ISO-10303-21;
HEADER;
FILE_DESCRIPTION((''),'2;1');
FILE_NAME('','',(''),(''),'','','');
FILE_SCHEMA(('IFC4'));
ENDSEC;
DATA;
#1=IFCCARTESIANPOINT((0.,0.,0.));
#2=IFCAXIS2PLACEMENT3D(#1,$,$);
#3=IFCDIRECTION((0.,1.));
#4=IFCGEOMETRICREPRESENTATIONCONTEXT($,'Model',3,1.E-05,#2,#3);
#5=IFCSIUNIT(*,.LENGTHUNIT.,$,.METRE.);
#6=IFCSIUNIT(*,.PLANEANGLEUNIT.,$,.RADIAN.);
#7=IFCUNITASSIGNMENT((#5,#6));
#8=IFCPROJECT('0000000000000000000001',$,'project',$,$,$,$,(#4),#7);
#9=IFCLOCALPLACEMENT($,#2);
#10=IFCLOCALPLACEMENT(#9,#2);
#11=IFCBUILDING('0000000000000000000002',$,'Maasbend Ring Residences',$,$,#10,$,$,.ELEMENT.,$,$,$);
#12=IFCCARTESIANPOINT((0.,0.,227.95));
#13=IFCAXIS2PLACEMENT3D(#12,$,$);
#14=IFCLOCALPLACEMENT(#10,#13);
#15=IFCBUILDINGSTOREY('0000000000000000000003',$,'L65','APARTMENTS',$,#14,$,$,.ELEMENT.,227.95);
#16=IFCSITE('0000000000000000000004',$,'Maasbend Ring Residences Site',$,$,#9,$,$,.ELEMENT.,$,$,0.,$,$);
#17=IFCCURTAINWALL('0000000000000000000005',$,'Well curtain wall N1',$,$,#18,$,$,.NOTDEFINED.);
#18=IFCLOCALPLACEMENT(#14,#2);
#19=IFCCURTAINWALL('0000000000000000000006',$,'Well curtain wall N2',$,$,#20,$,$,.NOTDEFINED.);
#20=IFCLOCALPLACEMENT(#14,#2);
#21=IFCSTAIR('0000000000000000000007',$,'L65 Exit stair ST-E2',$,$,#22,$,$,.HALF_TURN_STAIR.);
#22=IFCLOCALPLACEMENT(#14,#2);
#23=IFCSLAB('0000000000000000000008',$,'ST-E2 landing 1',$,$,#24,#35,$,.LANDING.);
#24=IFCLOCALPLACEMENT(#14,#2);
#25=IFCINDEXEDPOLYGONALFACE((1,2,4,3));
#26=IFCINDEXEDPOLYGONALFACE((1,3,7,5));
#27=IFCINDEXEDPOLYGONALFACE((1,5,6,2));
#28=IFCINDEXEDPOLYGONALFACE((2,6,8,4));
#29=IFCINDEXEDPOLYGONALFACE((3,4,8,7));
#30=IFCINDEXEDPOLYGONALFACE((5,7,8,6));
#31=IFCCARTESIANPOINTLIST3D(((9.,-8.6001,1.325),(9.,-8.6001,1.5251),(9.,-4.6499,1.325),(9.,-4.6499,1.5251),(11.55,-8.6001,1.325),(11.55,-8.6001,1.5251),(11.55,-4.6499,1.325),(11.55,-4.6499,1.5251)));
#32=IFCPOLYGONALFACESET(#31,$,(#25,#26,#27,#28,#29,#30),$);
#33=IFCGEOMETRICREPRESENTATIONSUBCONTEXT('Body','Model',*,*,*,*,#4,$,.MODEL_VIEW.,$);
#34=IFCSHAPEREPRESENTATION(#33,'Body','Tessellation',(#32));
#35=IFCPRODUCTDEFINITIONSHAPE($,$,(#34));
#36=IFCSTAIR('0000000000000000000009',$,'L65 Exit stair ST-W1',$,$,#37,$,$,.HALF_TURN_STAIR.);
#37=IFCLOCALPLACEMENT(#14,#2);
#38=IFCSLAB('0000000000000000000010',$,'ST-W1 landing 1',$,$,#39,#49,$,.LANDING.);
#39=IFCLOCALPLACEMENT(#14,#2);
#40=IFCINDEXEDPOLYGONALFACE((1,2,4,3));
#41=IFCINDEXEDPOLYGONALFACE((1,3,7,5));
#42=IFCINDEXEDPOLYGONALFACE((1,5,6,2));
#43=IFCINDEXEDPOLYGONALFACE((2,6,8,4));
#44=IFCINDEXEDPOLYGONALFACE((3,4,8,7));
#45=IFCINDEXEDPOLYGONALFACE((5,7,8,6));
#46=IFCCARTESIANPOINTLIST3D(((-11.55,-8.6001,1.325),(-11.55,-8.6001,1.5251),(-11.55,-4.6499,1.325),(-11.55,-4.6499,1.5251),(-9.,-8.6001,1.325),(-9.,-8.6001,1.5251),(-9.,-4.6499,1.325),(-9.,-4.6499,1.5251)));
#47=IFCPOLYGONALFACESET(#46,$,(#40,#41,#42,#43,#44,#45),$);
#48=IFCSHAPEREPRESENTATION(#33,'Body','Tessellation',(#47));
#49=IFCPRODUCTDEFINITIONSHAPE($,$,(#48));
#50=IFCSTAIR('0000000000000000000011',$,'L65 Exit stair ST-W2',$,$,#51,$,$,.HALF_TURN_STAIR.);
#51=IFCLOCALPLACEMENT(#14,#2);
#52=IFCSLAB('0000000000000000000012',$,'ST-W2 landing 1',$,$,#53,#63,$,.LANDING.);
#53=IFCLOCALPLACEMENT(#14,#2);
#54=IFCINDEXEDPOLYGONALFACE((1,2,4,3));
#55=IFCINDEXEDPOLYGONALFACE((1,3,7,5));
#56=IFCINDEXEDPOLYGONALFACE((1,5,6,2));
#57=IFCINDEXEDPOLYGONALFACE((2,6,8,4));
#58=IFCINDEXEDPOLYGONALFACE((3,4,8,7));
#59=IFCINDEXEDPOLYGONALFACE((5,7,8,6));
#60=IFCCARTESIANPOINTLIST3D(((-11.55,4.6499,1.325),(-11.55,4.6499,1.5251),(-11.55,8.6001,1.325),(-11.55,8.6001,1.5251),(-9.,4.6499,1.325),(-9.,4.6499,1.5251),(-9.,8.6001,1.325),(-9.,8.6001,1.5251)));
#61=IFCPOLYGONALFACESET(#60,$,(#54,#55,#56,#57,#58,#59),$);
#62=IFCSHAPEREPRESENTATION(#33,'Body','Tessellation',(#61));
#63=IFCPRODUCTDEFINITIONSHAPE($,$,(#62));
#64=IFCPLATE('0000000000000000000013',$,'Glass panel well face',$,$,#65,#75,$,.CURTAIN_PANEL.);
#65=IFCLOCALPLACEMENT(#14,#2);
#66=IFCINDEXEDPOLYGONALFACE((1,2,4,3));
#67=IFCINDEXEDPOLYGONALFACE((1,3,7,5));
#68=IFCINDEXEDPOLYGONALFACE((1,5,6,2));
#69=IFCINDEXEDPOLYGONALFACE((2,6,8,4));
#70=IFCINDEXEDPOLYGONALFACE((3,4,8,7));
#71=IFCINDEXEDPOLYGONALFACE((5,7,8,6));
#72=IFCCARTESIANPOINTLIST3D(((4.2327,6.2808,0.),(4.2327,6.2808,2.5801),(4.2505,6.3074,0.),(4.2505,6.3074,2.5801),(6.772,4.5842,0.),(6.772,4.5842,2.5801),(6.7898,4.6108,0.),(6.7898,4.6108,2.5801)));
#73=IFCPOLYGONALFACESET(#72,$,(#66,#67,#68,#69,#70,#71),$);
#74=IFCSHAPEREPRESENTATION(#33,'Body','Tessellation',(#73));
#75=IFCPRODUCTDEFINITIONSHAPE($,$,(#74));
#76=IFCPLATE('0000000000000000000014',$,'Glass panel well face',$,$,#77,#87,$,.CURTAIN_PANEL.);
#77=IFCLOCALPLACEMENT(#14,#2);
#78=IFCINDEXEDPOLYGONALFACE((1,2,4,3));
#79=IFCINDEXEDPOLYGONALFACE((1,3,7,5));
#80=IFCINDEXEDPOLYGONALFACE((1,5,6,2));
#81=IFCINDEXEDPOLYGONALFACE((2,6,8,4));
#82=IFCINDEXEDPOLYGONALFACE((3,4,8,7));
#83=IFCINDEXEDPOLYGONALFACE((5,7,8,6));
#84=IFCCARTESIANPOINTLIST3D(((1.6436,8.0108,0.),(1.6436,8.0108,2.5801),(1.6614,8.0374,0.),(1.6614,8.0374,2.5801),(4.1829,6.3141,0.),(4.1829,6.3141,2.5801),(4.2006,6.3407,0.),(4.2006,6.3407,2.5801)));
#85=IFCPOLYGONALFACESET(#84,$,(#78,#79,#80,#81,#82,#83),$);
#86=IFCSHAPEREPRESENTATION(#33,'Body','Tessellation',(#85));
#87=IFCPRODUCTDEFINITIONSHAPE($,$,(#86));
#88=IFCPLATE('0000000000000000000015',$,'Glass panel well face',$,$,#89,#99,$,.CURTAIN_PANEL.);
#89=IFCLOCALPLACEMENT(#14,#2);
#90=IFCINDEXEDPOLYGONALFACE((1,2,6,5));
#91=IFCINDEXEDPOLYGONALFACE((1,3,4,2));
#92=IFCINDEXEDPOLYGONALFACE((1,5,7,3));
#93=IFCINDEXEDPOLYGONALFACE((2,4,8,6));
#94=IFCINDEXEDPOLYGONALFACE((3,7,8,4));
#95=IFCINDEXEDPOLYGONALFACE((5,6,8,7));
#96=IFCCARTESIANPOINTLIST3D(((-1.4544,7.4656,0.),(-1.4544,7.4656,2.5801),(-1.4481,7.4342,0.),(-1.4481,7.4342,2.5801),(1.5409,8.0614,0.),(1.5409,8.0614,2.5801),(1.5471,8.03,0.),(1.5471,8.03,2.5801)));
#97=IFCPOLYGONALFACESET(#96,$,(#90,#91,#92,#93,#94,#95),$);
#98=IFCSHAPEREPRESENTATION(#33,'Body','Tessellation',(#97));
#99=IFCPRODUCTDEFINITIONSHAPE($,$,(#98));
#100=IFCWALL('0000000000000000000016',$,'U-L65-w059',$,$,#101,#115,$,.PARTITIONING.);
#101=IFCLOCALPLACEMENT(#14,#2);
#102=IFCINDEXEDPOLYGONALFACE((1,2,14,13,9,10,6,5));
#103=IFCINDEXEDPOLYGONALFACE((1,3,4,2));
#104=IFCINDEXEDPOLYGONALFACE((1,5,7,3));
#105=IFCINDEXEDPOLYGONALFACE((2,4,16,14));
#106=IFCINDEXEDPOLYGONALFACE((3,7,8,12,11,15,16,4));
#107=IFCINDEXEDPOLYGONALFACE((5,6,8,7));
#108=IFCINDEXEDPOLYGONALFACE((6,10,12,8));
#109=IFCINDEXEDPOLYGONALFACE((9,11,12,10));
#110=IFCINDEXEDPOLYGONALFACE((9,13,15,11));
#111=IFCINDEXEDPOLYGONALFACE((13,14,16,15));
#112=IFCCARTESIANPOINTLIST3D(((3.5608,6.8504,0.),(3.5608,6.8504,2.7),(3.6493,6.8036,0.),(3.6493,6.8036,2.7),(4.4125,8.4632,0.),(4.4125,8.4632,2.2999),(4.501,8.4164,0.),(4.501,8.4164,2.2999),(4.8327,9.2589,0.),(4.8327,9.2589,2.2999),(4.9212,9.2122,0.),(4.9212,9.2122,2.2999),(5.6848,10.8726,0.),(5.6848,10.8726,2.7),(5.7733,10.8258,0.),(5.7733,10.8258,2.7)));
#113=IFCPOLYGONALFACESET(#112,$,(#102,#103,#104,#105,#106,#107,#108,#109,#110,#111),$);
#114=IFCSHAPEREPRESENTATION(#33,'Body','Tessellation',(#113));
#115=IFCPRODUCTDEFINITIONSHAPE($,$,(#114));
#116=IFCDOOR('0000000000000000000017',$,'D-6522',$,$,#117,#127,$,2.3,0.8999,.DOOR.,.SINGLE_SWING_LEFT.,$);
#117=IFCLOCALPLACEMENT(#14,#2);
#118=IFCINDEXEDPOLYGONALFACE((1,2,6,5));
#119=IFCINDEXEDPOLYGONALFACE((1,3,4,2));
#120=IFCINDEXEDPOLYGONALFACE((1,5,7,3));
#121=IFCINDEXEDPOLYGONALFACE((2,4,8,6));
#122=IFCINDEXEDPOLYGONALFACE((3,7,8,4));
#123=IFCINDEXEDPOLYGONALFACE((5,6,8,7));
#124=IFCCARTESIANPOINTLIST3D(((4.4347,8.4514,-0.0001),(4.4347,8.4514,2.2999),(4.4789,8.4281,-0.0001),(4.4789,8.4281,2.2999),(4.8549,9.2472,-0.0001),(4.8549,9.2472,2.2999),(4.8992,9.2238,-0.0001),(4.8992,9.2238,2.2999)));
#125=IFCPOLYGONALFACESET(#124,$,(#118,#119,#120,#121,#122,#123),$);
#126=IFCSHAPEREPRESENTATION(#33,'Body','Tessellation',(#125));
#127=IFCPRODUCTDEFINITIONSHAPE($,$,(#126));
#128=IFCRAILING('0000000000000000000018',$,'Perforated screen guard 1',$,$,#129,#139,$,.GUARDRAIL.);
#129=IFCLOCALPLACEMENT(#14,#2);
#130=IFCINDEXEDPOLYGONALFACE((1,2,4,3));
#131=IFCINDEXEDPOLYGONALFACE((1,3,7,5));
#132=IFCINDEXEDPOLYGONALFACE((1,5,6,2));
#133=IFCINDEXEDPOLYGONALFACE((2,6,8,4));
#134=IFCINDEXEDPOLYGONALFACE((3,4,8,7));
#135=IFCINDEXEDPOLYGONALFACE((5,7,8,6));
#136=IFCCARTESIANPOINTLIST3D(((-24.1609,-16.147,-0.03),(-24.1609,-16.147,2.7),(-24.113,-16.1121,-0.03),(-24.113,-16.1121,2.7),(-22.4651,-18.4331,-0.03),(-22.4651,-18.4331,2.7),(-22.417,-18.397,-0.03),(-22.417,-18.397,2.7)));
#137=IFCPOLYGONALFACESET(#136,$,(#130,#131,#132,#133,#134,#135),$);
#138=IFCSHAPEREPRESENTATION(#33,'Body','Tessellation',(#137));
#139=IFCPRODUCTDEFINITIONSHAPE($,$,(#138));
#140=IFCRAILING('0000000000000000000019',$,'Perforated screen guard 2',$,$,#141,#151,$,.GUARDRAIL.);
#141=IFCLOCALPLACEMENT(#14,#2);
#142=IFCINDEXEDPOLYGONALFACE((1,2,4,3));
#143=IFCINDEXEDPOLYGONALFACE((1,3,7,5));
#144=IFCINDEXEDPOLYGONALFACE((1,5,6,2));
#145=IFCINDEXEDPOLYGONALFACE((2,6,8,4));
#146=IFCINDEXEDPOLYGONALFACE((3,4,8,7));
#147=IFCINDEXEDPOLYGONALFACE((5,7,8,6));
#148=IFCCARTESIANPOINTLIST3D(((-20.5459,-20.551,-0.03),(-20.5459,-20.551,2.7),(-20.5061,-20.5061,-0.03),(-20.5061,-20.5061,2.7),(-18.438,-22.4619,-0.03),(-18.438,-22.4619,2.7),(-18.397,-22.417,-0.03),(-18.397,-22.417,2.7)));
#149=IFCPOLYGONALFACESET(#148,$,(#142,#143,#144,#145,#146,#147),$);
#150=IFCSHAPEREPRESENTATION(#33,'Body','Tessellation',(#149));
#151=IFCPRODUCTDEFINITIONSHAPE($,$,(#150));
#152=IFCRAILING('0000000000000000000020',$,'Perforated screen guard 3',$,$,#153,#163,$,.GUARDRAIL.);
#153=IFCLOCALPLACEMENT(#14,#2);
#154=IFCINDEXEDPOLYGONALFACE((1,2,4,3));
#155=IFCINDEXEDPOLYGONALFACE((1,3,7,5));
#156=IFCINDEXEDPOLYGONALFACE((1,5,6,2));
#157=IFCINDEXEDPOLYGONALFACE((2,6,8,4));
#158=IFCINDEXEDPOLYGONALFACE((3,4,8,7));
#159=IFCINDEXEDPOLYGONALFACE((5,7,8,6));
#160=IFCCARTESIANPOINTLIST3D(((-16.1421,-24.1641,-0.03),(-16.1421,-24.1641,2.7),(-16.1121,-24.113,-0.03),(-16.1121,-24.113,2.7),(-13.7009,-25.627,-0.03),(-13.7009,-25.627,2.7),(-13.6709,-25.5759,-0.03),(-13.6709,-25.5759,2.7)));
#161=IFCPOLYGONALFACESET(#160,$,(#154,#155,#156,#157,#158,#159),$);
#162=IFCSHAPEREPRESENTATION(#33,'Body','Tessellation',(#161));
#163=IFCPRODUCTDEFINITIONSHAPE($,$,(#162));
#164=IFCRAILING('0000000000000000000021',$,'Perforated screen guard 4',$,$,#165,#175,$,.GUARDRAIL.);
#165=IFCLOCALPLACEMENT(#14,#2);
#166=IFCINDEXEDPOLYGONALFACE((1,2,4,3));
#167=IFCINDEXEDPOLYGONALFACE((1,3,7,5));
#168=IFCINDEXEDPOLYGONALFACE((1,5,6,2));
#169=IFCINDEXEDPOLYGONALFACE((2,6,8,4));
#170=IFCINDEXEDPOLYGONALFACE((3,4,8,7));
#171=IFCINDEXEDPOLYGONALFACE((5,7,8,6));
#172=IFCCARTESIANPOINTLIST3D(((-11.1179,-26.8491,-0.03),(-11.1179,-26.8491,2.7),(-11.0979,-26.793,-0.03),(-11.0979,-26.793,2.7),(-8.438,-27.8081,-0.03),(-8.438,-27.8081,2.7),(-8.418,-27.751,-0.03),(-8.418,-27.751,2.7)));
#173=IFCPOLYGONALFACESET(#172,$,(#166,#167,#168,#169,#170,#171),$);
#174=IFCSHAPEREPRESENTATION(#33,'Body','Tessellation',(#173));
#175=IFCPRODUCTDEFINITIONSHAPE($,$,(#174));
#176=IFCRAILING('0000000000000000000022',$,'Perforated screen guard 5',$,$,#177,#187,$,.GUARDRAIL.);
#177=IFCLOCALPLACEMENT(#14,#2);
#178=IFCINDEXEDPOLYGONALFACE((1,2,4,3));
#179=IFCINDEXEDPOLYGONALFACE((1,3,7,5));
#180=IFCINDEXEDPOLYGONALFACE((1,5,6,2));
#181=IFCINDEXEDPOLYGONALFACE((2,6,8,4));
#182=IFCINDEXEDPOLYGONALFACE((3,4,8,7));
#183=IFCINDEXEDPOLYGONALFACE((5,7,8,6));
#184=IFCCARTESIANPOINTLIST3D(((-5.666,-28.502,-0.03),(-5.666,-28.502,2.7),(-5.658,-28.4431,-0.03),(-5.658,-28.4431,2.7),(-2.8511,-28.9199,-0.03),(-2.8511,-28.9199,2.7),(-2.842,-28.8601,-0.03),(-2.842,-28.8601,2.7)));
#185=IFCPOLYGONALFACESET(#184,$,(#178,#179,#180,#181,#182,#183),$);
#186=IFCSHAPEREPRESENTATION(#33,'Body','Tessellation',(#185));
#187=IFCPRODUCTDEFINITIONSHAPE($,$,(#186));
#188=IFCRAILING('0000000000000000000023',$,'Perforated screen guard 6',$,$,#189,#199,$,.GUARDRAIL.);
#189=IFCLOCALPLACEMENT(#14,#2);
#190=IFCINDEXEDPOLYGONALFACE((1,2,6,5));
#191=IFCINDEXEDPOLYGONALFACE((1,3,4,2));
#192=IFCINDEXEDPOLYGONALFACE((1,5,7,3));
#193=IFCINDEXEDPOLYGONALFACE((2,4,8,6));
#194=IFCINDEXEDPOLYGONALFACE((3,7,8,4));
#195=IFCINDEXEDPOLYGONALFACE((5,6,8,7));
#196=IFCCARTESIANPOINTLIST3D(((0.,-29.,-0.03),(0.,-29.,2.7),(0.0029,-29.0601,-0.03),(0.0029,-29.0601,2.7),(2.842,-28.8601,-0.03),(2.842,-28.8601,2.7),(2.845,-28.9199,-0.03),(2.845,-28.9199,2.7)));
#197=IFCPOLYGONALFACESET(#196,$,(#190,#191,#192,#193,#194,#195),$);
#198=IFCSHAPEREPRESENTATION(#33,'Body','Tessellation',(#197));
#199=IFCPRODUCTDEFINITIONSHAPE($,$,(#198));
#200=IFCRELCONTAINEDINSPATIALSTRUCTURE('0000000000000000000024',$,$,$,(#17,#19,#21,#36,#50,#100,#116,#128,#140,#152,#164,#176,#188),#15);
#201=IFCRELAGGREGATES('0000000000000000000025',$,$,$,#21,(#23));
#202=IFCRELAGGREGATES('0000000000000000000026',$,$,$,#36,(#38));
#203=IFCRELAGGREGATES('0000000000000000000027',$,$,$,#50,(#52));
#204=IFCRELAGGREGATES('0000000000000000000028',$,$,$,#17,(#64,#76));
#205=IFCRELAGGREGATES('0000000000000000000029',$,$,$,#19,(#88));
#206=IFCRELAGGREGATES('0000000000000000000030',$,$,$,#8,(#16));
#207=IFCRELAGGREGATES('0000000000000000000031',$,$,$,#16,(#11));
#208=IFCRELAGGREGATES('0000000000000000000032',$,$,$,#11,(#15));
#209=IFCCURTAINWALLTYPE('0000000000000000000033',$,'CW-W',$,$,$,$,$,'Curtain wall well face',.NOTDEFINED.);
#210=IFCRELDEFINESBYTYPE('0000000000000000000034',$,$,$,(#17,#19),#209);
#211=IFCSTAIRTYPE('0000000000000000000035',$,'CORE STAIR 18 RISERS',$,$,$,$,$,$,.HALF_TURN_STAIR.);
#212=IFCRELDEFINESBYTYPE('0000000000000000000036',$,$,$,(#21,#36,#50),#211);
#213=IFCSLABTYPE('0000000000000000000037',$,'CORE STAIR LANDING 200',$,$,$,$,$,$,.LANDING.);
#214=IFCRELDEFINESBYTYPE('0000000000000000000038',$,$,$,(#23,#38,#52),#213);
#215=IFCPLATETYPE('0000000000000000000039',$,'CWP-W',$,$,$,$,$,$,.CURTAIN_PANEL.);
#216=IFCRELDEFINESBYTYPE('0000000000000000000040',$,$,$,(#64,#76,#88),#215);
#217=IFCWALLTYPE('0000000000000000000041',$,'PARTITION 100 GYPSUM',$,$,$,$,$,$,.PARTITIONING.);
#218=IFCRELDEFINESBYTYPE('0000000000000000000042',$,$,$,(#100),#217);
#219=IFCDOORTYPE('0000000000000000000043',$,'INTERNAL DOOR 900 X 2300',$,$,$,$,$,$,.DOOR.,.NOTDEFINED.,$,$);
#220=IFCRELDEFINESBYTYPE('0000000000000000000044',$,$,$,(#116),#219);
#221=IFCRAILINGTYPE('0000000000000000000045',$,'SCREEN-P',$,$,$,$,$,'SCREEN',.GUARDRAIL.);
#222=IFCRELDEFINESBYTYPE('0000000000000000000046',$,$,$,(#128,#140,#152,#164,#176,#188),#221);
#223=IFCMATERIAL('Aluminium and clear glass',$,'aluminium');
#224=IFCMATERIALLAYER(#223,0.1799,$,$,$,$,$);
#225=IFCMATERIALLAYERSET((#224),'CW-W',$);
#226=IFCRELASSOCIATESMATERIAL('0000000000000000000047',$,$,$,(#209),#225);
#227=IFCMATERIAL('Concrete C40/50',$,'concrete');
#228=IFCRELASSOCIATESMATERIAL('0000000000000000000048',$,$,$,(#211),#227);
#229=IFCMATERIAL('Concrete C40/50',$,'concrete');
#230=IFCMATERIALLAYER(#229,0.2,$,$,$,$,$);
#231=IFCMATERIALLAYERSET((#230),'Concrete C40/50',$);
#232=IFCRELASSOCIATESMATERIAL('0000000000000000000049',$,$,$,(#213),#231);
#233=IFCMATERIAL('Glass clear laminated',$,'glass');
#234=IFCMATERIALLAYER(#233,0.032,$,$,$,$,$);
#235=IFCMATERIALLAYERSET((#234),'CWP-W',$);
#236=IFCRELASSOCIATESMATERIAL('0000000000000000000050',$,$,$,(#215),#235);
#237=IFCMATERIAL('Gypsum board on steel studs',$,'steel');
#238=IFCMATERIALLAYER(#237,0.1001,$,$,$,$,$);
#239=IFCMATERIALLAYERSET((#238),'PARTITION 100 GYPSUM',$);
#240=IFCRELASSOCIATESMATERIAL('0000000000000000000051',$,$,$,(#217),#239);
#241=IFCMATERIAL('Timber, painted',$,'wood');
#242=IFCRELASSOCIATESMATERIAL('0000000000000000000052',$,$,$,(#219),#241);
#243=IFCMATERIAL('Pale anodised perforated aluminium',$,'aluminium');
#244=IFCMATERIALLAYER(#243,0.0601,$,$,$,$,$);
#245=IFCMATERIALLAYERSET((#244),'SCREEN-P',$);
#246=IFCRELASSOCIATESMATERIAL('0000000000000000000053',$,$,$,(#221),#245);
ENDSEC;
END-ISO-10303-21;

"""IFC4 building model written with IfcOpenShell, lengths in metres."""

from ifc_helpers import new_model, si_unit, direction, frame, frame_2d, origin, origin_2d, place, context, subcontext, project, spatial, polyline, rectangle, outline, extrude, material, layer, layer_set, type_object, element, fill, aggregate, save


model = new_model("IFC4")

# Units and contexts
model_context = context("Model", 3, precision=1e-05, world=origin(), true_north=direction((0.0, 1.0)))
body_context = subcontext(model_context, "Body", "Model", "MODEL_VIEW")
ifc_project = project(units=[si_unit("LENGTHUNIT", "METRE"), si_unit("PLANEANGLEUNIT", "RADIAN")], contexts=[model_context])

# Site, building, storey
site_placement = place(None, origin())
site = spatial("IfcSite", under=ifc_project, at=site_placement, Name="Maasbend Ring Residences Site", CompositionType="ELEMENT", RefElevation=0.0)
building_placement = place(site_placement, origin())
building = spatial("IfcBuilding", under=site, at=building_placement, Name="Maasbend Ring Residences", CompositionType="ELEMENT")
storey_placement = place(building_placement, frame((0.0, 0.0, 227.95)))
storey = spatial("IfcBuildingStorey", under=building, at=storey_placement, Name="L65", Description="APARTMENTS", CompositionType="ELEMENT", Elevation=227.95)

# Curtain wall
ifc_material_1 = material(Name="Aluminium and clear glass", Category="aluminium")
ifc_layer_1 = layer(ifc_material_1, 0.1799)
ifc_layer_set_1 = layer_set([ifc_layer_1], Name="CW-W")
curtain_wall_type = type_object("IfcCurtainWallType", Name="CW-W", ElementType="Curtain wall well face", PredefinedType="NOTDEFINED", material=ifc_layer_set_1)
curtain_wall_1_placement = place(storey_placement, origin())
curtain_wall_1 = element("IfcCurtainWall", 1, at=curtain_wall_1_placement, inside=storey, type_object=curtain_wall_type, Name="Well curtain wall N1", PredefinedType="NOTDEFINED")

# Curtain wall
curtain_wall_2_placement = place(storey_placement, origin())
curtain_wall_2 = element("IfcCurtainWall", 2, at=curtain_wall_2_placement, inside=storey, type_object=curtain_wall_type, Name="Well curtain wall N2", PredefinedType="NOTDEFINED")

# Stairs, slabs
ifc_material_2 = material(Name="Concrete C40/50", Category="concrete")
stair_type = type_object("IfcStairType", Name="CORE STAIR 18 RISERS", PredefinedType="HALF_TURN_STAIR", material=ifc_material_2)
ifc_material_3 = material(Name="Concrete C40/50", Category="concrete")
ifc_layer_2 = layer(ifc_material_3, 0.2)
ifc_layer_set_2 = layer_set([ifc_layer_2], Name="Concrete C40/50")
slab_type = type_object("IfcSlabType", Name="CORE STAIR LANDING 200", PredefinedType="LANDING", material=ifc_layer_set_2)
stair_1_placement = place(storey_placement, origin())
stair_1 = element("IfcStair", 3, at=stair_1_placement, inside=storey, type_object=stair_type, Name="L65 Exit stair ST-E2", PredefinedType="HALF_TURN_STAIR")
slab_1_placement = place(storey_placement, frame((0.0, 0.0, 1.325)))
slab_1 = element("IfcSlab", 4, at=slab_1_placement, type_object=slab_type, Name="ST-E2 landing 1", PredefinedType="LANDING", context=body_context, shape_type="SweptSolid", body=[
    extrude(outline(polyline([(11.55, -4.6499), (9.0, -4.6499), (9.0, -8.6001), (11.55, -8.6001), (11.55, -4.6499)])), origin(), (0.0, 0.0, 1.0), 0.2002),
])
aggregate(stair_1, [slab_1])
stair_2_placement = place(storey_placement, origin())
stair_2 = element("IfcStair", 5, at=stair_2_placement, inside=storey, type_object=stair_type, Name="L65 Exit stair ST-W1", PredefinedType="HALF_TURN_STAIR")
slab_2_placement = place(storey_placement, frame((0.0, 0.0, 1.325)))
slab_2 = element("IfcSlab", 6, at=slab_2_placement, type_object=slab_type, Name="ST-W1 landing 1", PredefinedType="LANDING", context=body_context, shape_type="SweptSolid", body=[
    extrude(outline(polyline([(-11.55, -8.6001), (-9.0, -8.6001), (-9.0, -4.6499), (-11.55, -4.6499), (-11.55, -8.6001)])), origin(), (0.0, 0.0, 1.0), 0.2002),
])
aggregate(stair_2, [slab_2])
stair_3_placement = place(storey_placement, origin())
stair_3 = element("IfcStair", 7, at=stair_3_placement, inside=storey, type_object=stair_type, Name="L65 Exit stair ST-W2", PredefinedType="HALF_TURN_STAIR")
slab_3_placement = place(storey_placement, frame((0.0, 0.0, 1.325)))
slab_3 = element("IfcSlab", 8, at=slab_3_placement, type_object=slab_type, Name="ST-W2 landing 1", PredefinedType="LANDING", context=body_context, shape_type="SweptSolid", body=[
    extrude(outline(polyline([(-11.55, 4.6499), (-9.0, 4.6499), (-9.0, 8.6001), (-11.55, 8.6001), (-11.55, 4.6499)])), origin(), (0.0, 0.0, 1.0), 0.2002),
])
aggregate(stair_3, [slab_3])

# Plates
ifc_material_4 = material(Name="Glass clear laminated", Category="glass")
ifc_layer_3 = layer(ifc_material_4, 0.032)
ifc_layer_set_3 = layer_set([ifc_layer_3], Name="CWP-W")
plate_type = type_object("IfcPlateType", Name="CWP-W", PredefinedType="CURTAIN_PANEL", material=ifc_layer_set_3)
plate_1_placement = place(storey_placement, frame((5.5112, 5.4458, 0.0), z_axis=(0.0, 0.0, 1.0), x_axis=(-0.83147, 0.55557, 0.0)))
plate_1 = element("IfcPlate", 9, at=plate_1_placement, type_object=plate_type, Name="Glass panel well face", PredefinedType="CURTAIN_PANEL", context=body_context, shape_type="SweptSolid", body=[
    extrude(rectangle(XDim=3.054, YDim=0.032, at=origin_2d()), origin(), (0.0, 0.0, 1.0), 2.5801),
])
plate_2_placement = place(storey_placement, frame((2.9221, 7.1758, 0.0), z_axis=(0.0, 0.0, 1.0), x_axis=(-0.83147, 0.55557, 0.0)))
plate_2 = element("IfcPlate", 10, at=plate_2_placement, type_object=plate_type, Name="Glass panel well face", PredefinedType="CURTAIN_PANEL", context=body_context, shape_type="SweptSolid", body=[
    extrude(rectangle(XDim=3.054, YDim=0.032, at=origin_2d()), origin(), (0.0, 0.0, 1.0), 2.5801),
])
aggregate(curtain_wall_1, [plate_1, plate_2])
plate_3_placement = place(storey_placement, frame((0.0464, 7.7478, 0.0), z_axis=(0.0, 0.0, 1.0), x_axis=(-0.980785, -0.19509, 0.0)))
plate_3 = element("IfcPlate", 11, at=plate_3_placement, type_object=plate_type, Name="Glass panel well face", PredefinedType="CURTAIN_PANEL", context=body_context, shape_type="SweptSolid", body=[
    extrude(rectangle(XDim=3.054, YDim=0.032, at=origin_2d()), origin(), (0.0, 0.0, 1.0), 2.5801),
])
aggregate(curtain_wall_2, [plate_3])

# Wall, opening, door
ifc_material_5 = material(Name="Gypsum board on steel studs", Category="steel")
ifc_layer_4 = layer(ifc_material_5, 0.1001)
ifc_layer_set_4 = layer_set([ifc_layer_4], Name="PARTITION 100 GYPSUM")
wall_type = type_object("IfcWallType", Name="PARTITION 100 GYPSUM", PredefinedType="PARTITIONING", material=ifc_layer_set_4)
wall_placement = place(storey_placement, frame((3.605, 6.8269, 0.0), z_axis=(0.0, 0.0, 1.0), x_axis=(0.466963, 0.884277, 0.0)))
wall = element("IfcWall", 12, at=wall_placement, inside=storey, type_object=wall_type, Name="U-L65-w059", PredefinedType="PARTITIONING", context=body_context, shape_type="SweptSolid", body=[
    extrude(rectangle(XDim=4.5486, YDim=0.1001, at=frame_2d((2.2744, 0.0))), origin(), (0.0, 0.0, 1.0), 2.7),
])
opening_placement = place(wall_placement, frame((1.824, 0.0, 0.0)))
opening = element("IfcOpeningElement", 13, at=opening_placement, cuts=wall, PredefinedType="OPENING", context=body_context, shape_type="SweptSolid", body=[
    extrude(rectangle(XDim=0.8999, YDim=2.3, at=frame_2d((0.45, 1.1499))), frame((0.0, 0.0601, 0.0), z_axis=(0.0, -1.0, 0.0), x_axis=(1.0, 0.0, 0.0)), (0.0, 0.0, 1.0), 0.1201),
])
ifc_material_6 = material(Name="Timber, painted", Category="wood")
door_type = type_object("IfcDoorType", Name="INTERNAL DOOR 900 X 2300", OperationType="NOTDEFINED", PredefinedType="DOOR", material=ifc_material_6)
door_placement = place(opening_placement, origin())
door = element("IfcDoor", 14, at=door_placement, inside=storey, type_object=door_type, Name="D-6522", OperationType="SINGLE_SWING_LEFT", OverallHeight=2.3, OverallWidth=0.8999, PredefinedType="DOOR", context=body_context, shape_type="SweptSolid", body=[
    extrude(rectangle(XDim=0.8999, YDim=2.3, at=frame_2d((0.45, 1.1499))), frame((0.0, 0.0249, 0.0), z_axis=(0.0, -1.0, 0.0), x_axis=(1.0, 0.0, 0.0)), (0.0, 0.0, 1.0), 0.05),
])
fill(opening, door)

# Railings
ifc_material_7 = material(Name="Pale anodised perforated aluminium", Category="aluminium")
ifc_layer_5 = layer(ifc_material_7, 0.0601)
ifc_layer_set_5 = layer_set([ifc_layer_5], Name="SCREEN-P")
railing_type = type_object("IfcRailingType", Name="SCREEN-P", ElementType="SCREEN", PredefinedType="GUARDRAIL", material=ifc_layer_set_5)
railing_1_placement = place(storey_placement, frame((0.0, 0.0, -0.03)))
element("IfcRailing", 15, at=railing_1_placement, inside=storey, type_object=railing_type, Name="Perforated screen guard 1", PredefinedType="GUARDRAIL", context=body_context, shape_type="SweptSolid", body=[
    extrude(outline(polyline([(-24.113, -16.1121), (-22.417, -18.397), (-22.4651, -18.4331), (-24.1609, -16.147), (-24.113, -16.1121)])), origin(), (0.0, 0.0, 1.0), 2.73),
])
railing_2_placement = place(storey_placement, frame((0.0, 0.0, -0.03)))
element("IfcRailing", 16, at=railing_2_placement, inside=storey, type_object=railing_type, Name="Perforated screen guard 2", PredefinedType="GUARDRAIL", context=body_context, shape_type="SweptSolid", body=[
    extrude(outline(polyline([(-20.5061, -20.5061), (-18.397, -22.417), (-18.438, -22.4619), (-20.5459, -20.551), (-20.5061, -20.5061)])), origin(), (0.0, 0.0, 1.0), 2.73),
])
railing_3_placement = place(storey_placement, frame((0.0, 0.0, -0.03)))
element("IfcRailing", 17, at=railing_3_placement, inside=storey, type_object=railing_type, Name="Perforated screen guard 3", PredefinedType="GUARDRAIL", context=body_context, shape_type="SweptSolid", body=[
    extrude(outline(polyline([(-16.1121, -24.113), (-13.6709, -25.5759), (-13.7009, -25.627), (-16.1421, -24.1641), (-16.1121, -24.113)])), origin(), (0.0, 0.0, 1.0), 2.73),
])
railing_4_placement = place(storey_placement, frame((0.0, 0.0, -0.03)))
element("IfcRailing", 18, at=railing_4_placement, inside=storey, type_object=railing_type, Name="Perforated screen guard 4", PredefinedType="GUARDRAIL", context=body_context, shape_type="SweptSolid", body=[
    extrude(outline(polyline([(-11.0979, -26.793), (-8.418, -27.751), (-8.438, -27.8081), (-11.1179, -26.8491), (-11.0979, -26.793)])), origin(), (0.0, 0.0, 1.0), 2.73),
])
railing_5_placement = place(storey_placement, frame((0.0, 0.0, -0.03)))
element("IfcRailing", 19, at=railing_5_placement, inside=storey, type_object=railing_type, Name="Perforated screen guard 5", PredefinedType="GUARDRAIL", context=body_context, shape_type="SweptSolid", body=[
    extrude(outline(polyline([(-5.658, -28.4431), (-2.842, -28.8601), (-2.8511, -28.9199), (-5.666, -28.502), (-5.658, -28.4431)])), origin(), (0.0, 0.0, 1.0), 2.73),
])
railing_6_placement = place(storey_placement, frame((0.0, 0.0, -0.03)))
element("IfcRailing", 20, at=railing_6_placement, inside=storey, type_object=railing_type, Name="Perforated screen guard 6", PredefinedType="GUARDRAIL", context=body_context, shape_type="SweptSolid", body=[
    extrude(outline(polyline([(0.0, -29.0), (2.842, -28.8601), (2.845, -28.9199), (0.0029, -29.0601), (0.0, -29.0)])), origin(), (0.0, 0.0, 1.0), 2.73),
])

save(model, "model.ifc")
